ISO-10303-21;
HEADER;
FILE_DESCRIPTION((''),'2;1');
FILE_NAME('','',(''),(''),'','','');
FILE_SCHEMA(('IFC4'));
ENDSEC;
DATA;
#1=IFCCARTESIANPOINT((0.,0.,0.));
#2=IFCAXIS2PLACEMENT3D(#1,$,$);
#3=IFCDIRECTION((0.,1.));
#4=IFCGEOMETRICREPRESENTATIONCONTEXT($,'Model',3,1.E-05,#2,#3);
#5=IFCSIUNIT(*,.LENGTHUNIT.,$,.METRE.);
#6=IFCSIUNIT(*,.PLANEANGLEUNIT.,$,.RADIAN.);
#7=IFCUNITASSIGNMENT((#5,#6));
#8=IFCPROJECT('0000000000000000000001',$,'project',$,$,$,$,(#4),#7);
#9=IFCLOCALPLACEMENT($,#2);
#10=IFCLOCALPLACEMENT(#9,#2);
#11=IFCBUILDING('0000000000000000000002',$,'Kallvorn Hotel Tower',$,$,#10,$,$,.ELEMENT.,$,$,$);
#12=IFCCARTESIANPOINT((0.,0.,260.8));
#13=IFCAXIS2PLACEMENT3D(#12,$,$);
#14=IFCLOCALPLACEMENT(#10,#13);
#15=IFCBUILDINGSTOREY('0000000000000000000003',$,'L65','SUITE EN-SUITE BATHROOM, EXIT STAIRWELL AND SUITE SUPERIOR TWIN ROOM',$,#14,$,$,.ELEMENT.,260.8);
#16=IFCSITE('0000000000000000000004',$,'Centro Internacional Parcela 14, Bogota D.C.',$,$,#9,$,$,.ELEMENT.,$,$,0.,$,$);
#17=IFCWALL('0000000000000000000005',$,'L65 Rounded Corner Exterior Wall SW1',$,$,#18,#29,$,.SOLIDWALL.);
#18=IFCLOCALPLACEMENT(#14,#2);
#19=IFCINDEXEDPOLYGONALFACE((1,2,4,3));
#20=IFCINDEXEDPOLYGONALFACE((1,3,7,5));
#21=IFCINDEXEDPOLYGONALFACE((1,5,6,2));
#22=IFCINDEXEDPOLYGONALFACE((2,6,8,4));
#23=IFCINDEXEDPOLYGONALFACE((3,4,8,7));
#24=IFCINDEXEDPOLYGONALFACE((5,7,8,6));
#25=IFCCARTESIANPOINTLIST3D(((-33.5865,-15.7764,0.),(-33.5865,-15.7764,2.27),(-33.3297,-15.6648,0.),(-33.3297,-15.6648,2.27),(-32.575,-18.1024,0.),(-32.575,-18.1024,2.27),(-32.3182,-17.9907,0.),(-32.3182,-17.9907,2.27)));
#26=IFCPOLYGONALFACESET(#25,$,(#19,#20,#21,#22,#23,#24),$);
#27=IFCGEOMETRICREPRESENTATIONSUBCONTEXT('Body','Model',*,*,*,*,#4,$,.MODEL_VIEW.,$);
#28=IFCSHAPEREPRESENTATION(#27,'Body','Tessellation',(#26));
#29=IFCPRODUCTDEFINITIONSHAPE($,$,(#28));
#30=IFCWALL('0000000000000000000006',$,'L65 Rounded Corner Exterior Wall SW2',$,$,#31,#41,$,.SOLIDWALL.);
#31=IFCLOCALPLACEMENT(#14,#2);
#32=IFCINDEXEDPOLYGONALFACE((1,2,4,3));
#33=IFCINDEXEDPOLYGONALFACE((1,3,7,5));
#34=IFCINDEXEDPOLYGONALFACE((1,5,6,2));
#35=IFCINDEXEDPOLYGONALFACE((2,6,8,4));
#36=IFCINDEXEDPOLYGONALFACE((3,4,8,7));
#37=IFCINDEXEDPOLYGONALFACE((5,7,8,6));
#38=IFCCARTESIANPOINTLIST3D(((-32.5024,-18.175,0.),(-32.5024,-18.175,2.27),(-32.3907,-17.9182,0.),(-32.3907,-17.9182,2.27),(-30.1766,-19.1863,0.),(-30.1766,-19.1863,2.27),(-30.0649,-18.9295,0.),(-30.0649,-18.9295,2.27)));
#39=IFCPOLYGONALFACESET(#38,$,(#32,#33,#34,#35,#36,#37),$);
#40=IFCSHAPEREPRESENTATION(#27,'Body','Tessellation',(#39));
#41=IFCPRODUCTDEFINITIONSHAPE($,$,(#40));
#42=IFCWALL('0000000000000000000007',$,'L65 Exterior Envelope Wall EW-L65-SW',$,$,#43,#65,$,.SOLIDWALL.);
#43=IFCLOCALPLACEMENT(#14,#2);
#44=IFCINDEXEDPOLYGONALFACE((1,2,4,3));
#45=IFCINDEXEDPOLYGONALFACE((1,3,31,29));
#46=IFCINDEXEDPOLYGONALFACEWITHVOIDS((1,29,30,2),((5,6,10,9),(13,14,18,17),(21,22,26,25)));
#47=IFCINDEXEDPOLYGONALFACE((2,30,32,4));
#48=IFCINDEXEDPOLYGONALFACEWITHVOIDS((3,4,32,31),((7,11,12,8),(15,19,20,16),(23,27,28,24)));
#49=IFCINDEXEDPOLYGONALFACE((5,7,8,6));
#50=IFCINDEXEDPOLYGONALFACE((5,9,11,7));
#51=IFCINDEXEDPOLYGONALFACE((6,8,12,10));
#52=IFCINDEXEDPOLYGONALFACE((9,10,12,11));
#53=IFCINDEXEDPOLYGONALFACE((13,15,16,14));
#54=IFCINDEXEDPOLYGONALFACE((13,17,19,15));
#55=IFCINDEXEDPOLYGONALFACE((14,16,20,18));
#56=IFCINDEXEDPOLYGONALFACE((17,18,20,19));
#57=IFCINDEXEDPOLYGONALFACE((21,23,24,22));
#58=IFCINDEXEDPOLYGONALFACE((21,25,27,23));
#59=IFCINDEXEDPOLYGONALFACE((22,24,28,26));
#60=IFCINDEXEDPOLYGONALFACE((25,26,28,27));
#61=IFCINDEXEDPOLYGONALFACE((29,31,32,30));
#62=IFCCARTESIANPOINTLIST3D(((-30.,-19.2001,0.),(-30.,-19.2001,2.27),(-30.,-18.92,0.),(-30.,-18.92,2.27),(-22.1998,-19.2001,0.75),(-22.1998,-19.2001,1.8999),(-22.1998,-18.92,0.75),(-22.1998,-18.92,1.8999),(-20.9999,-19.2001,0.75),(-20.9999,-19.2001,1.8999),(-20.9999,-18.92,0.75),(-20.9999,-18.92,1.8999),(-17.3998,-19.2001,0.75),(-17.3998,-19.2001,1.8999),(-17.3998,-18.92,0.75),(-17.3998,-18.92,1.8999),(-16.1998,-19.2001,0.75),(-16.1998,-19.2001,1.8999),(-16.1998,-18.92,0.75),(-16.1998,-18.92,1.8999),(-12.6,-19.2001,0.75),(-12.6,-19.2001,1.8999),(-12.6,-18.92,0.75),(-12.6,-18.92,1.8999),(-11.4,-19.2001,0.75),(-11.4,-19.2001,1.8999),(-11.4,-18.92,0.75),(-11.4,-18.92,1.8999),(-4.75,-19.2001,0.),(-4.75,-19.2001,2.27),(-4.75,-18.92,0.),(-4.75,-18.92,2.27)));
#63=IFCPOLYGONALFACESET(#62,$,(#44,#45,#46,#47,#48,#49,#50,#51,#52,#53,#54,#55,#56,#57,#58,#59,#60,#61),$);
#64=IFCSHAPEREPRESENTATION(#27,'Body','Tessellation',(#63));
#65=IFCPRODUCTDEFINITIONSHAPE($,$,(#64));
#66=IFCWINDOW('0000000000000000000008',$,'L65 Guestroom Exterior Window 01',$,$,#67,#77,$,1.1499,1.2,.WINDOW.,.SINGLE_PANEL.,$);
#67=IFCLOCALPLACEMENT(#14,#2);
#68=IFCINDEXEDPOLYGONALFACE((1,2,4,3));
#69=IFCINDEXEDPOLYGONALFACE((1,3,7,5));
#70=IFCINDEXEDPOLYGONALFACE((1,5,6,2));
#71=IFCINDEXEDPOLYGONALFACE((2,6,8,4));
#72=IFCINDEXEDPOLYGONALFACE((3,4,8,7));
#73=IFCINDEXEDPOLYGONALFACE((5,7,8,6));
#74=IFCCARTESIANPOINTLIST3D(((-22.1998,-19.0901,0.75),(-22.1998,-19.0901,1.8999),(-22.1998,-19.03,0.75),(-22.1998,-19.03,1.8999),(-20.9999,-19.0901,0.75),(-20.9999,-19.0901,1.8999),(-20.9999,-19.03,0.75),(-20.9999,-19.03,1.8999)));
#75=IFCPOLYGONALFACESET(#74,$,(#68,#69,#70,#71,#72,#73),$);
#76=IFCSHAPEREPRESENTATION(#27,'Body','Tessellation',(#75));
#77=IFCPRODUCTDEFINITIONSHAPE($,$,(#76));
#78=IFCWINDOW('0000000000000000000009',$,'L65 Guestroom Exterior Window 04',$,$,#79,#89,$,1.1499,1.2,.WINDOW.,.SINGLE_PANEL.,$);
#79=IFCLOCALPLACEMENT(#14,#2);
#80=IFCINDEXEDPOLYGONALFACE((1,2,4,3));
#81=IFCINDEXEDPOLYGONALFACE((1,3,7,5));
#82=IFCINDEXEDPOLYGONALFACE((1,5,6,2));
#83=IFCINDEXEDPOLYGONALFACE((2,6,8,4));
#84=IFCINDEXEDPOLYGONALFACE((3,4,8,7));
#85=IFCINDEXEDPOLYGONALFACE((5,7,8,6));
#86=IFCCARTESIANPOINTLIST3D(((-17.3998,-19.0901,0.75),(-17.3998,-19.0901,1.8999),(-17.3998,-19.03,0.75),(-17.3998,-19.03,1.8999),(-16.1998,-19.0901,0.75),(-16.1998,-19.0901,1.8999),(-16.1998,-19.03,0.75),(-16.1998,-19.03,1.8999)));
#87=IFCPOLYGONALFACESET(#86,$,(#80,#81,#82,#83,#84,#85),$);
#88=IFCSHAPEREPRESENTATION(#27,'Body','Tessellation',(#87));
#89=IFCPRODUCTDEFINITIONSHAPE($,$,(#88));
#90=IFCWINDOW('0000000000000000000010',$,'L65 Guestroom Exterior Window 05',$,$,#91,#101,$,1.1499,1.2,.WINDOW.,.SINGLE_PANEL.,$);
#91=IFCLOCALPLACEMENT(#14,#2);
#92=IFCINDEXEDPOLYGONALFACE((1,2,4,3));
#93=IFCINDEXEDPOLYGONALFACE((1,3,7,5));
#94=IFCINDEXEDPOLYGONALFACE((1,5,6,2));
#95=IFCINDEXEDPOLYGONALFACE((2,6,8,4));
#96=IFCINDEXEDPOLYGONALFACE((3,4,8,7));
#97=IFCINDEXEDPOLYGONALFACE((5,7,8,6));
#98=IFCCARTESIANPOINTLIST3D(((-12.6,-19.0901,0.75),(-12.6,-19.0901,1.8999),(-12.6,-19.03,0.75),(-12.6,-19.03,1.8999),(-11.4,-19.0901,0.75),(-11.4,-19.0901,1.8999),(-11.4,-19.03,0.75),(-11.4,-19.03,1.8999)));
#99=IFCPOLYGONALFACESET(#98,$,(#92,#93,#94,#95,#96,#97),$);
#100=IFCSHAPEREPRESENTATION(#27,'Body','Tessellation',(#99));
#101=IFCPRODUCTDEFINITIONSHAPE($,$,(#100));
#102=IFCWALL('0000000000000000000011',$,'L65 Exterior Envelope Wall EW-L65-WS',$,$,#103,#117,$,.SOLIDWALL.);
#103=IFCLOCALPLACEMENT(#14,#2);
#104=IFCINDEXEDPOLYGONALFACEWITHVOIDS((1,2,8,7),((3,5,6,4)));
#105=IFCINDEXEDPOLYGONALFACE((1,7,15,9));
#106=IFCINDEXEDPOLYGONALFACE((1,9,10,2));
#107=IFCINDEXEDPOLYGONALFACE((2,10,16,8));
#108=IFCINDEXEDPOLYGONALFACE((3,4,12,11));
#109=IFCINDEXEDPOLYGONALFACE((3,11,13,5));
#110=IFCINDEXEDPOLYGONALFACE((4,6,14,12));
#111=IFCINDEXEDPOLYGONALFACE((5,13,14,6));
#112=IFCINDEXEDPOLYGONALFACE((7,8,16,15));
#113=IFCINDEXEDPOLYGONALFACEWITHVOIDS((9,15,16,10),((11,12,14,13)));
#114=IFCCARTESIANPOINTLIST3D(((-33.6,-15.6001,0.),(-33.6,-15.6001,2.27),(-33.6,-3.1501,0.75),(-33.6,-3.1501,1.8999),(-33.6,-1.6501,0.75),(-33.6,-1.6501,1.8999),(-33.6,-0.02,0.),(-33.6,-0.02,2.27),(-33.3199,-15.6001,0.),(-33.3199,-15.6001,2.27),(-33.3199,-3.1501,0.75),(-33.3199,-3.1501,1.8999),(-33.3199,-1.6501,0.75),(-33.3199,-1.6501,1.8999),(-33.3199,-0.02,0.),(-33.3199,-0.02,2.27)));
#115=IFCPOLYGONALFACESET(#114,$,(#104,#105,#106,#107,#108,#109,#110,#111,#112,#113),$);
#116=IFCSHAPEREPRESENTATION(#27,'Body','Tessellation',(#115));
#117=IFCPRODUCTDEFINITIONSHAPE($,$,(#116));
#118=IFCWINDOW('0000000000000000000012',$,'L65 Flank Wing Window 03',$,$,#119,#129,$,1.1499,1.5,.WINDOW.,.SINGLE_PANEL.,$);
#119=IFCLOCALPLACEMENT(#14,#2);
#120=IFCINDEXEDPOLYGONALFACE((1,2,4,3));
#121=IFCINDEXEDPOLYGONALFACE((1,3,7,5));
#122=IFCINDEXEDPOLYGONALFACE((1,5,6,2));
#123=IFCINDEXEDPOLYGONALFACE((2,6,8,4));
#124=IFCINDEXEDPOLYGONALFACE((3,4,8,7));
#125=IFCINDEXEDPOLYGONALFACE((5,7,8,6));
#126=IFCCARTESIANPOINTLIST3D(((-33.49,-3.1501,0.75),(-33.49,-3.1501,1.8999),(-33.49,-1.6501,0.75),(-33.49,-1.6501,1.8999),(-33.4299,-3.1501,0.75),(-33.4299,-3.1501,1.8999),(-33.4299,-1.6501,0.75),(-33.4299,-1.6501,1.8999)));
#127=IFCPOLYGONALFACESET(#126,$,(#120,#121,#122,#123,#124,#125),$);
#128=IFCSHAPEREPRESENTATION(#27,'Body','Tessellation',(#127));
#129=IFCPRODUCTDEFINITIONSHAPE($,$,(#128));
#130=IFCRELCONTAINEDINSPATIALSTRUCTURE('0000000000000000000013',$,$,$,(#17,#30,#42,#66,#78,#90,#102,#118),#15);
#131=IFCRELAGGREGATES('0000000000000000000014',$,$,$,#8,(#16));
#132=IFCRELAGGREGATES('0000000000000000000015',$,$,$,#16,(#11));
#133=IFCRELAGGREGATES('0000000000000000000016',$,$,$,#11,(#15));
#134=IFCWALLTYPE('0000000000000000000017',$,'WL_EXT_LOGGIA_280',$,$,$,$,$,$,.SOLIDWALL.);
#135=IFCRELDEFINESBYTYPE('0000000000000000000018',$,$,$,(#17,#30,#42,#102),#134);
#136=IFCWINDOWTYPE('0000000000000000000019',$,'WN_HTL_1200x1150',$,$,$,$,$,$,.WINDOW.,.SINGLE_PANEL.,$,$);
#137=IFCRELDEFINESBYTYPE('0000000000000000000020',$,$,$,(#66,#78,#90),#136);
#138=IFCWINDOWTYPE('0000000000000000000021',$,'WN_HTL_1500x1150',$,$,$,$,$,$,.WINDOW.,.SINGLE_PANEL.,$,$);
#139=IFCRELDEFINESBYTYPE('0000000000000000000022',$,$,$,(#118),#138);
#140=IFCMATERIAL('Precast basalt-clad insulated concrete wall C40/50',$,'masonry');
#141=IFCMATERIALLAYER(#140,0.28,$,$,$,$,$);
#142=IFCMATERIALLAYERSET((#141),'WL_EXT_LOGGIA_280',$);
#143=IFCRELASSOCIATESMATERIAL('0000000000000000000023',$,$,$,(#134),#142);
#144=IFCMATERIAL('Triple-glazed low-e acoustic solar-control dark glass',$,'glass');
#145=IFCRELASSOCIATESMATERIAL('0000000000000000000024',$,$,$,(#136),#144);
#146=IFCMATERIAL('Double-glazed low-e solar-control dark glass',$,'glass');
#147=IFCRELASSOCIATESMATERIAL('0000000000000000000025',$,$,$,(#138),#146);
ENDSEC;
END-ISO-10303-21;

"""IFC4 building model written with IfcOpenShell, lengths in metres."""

from ifc_helpers import new_model, si_unit, direction, frame, frame_2d, origin, place, context, subcontext, project, spatial, rectangle, extrude, material, layer, layer_set, type_object, element, fill, save


model = new_model("IFC4")

# Units and contexts
model_context = context("Model", 3, precision=1e-05, world=origin(), true_north=direction((0.0, 1.0)))
body_context = subcontext(model_context, "Body", "Model", "MODEL_VIEW")
ifc_project = project(units=[si_unit("LENGTHUNIT", "METRE"), si_unit("PLANEANGLEUNIT", "RADIAN")], contexts=[model_context])

# Site, building, storey
site_placement = place(None, origin())
site = spatial("IfcSite", under=ifc_project, at=site_placement, Name="Centro Internacional Parcela 14, Bogota D.C.", CompositionType="ELEMENT", RefElevation=0.0)
building_placement = place(site_placement, origin())
building = spatial("IfcBuilding", under=site, at=building_placement, Name="Kallvorn Hotel Tower", CompositionType="ELEMENT")
storey_placement = place(building_placement, frame((0.0, 0.0, 260.8)))
storey = spatial("IfcBuildingStorey", under=building, at=storey_placement, Name="L65", Description="SUITE EN-SUITE BATHROOM, EXIT STAIRWELL AND SUITE SUPERIOR TWIN ROOM", CompositionType="ELEMENT", Elevation=260.8)

# Walls
ifc_material_1 = material(Name="Precast basalt-clad insulated concrete wall C40/50", Category="masonry")
ifc_layer_1 = layer(ifc_material_1, 0.28)
ifc_layer_set_1 = layer_set([ifc_layer_1], Name="WL_EXT_LOGGIA_280")
wall_type = type_object("IfcWallType", Name="WL_EXT_LOGGIA_280", PredefinedType="SOLIDWALL", material=ifc_layer_set_1)
wall_1_placement = place(storey_placement, frame((-33.458, -15.7207, 0.0), z_axis=(0.0, 0.0, 1.0), x_axis=(0.398793, -0.917041, 0.0)))
element("IfcWall", 1, at=wall_1_placement, inside=storey, type_object=wall_type, Name="L65 Rounded Corner Exterior Wall SW1", PredefinedType="SOLIDWALL", context=body_context, shape_type="SweptSolid", body=[
    extrude(rectangle(XDim=2.5364, YDim=0.28, at=frame_2d((1.2681, 0.0))), origin(), (0.0, 0.0, 1.0), 2.27),
])
wall_2_placement = place(storey_placement, frame((-32.4465, -18.0466, 0.0), z_axis=(0.0, 0.0, 1.0), x_axis=(0.917061, -0.398747, 0.0)))
element("IfcWall", 2, at=wall_2_placement, inside=storey, type_object=wall_type, Name="L65 Rounded Corner Exterior Wall SW2", PredefinedType="SOLIDWALL", context=body_context, shape_type="SweptSolid", body=[
    extrude(rectangle(XDim=2.5361, YDim=0.28, at=frame_2d((1.2681, 0.0))), origin(), (0.0, 0.0, 1.0), 2.27),
])

# Wall, openings, windows
wall_3_placement = place(storey_placement, frame((-30.0, -19.0601, 0.0), z_axis=(0.0, 0.0, 1.0), x_axis=(1.0, 0.0, 0.0)))
wall_3 = element("IfcWall", 3, at=wall_3_placement, inside=storey, type_object=wall_type, Name="L65 Exterior Envelope Wall EW-L65-SW", PredefinedType="SOLIDWALL", context=body_context, shape_type="SweptSolid", body=[
    extrude(rectangle(XDim=25.25, YDim=0.28, at=frame_2d((12.625, 0.0))), origin(), (0.0, 0.0, 1.0), 2.27),
])
opening_1_placement = place(wall_3_placement, frame((7.8, 0.0, 0.75)))
opening_1 = element("IfcOpeningElement", 4, at=opening_1_placement, cuts=wall_3, PredefinedType="OPENING", context=body_context, shape_type="SweptSolid", body=[
    extrude(rectangle(XDim=1.2, YDim=1.1499, at=frame_2d((0.6001, 0.575))), frame((0.0, 0.155, 0.0), z_axis=(0.0, -1.0, 0.0), x_axis=(1.0, 0.0, 0.0)), (0.0, 0.0, 1.0), 0.3101),
])
opening_2_placement = place(wall_3_placement, frame((12.6001, 0.0, 0.75)))
opening_2 = element("IfcOpeningElement", 5, at=opening_2_placement, cuts=wall_3, PredefinedType="OPENING", context=body_context, shape_type="SweptSolid", body=[
    extrude(rectangle(XDim=1.2, YDim=1.1499, at=frame_2d((0.6001, 0.575))), frame((0.0, 0.155, 0.0), z_axis=(0.0, -1.0, 0.0), x_axis=(1.0, 0.0, 0.0)), (0.0, 0.0, 1.0), 0.3101),
])
opening_3_placement = place(wall_3_placement, frame((17.3999, 0.0, 0.75)))
opening_3 = element("IfcOpeningElement", 6, at=opening_3_placement, cuts=wall_3, PredefinedType="OPENING", context=body_context, shape_type="SweptSolid", body=[
    extrude(rectangle(XDim=1.2, YDim=1.1499, at=frame_2d((0.6001, 0.575))), frame((0.0, 0.155, 0.0), z_axis=(0.0, -1.0, 0.0), x_axis=(1.0, 0.0, 0.0)), (0.0, 0.0, 1.0), 0.3101),
])
ifc_material_2 = material(Name="Triple-glazed low-e acoustic solar-control dark glass", Category="glass")
window_type_1 = type_object("IfcWindowType", Name="WN_HTL_1200x1150", PartitioningType="SINGLE_PANEL", PredefinedType="WINDOW", material=ifc_material_2)
window_1_placement = place(opening_1_placement, origin())
window_1 = element("IfcWindow", 7, at=window_1_placement, inside=storey, type_object=window_type_1, Name="L65 Guestroom Exterior Window 01", OverallHeight=1.1499, OverallWidth=1.2, PartitioningType="SINGLE_PANEL", PredefinedType="WINDOW", context=body_context, shape_type="SweptSolid", body=[
    extrude(rectangle(XDim=1.2, YDim=1.1499, at=frame_2d((0.6001, 0.575))), frame((0.0, 0.03, 0.0), z_axis=(0.0, -1.0, 0.0), x_axis=(1.0, 0.0, 0.0)), (0.0, 0.0, 1.0), 0.0601),
])
fill(opening_1, window_1)
window_2_placement = place(opening_2_placement, origin())
window_2 = element("IfcWindow", 8, at=window_2_placement, inside=storey, type_object=window_type_1, Name="L65 Guestroom Exterior Window 04", OverallHeight=1.1499, OverallWidth=1.2, PartitioningType="SINGLE_PANEL", PredefinedType="WINDOW", context=body_context, shape_type="SweptSolid", body=[
    extrude(rectangle(XDim=1.2, YDim=1.1499, at=frame_2d((0.6001, 0.575))), frame((0.0, 0.03, 0.0), z_axis=(0.0, -1.0, 0.0), x_axis=(1.0, 0.0, 0.0)), (0.0, 0.0, 1.0), 0.0601),
])
fill(opening_2, window_2)
window_3_placement = place(opening_3_placement, origin())
window_3 = element("IfcWindow", 9, at=window_3_placement, inside=storey, type_object=window_type_1, Name="L65 Guestroom Exterior Window 05", OverallHeight=1.1499, OverallWidth=1.2, PartitioningType="SINGLE_PANEL", PredefinedType="WINDOW", context=body_context, shape_type="SweptSolid", body=[
    extrude(rectangle(XDim=1.2, YDim=1.1499, at=frame_2d((0.6001, 0.575))), frame((0.0, 0.03, 0.0), z_axis=(0.0, -1.0, 0.0), x_axis=(1.0, 0.0, 0.0)), (0.0, 0.0, 1.0), 0.0601),
])
fill(opening_3, window_3)

# Wall, opening, window
wall_4_placement = place(storey_placement, frame((-33.46, -15.6001, 0.0), z_axis=(0.0, 0.0, 1.0), x_axis=(0.0, 1.0, 0.0)))
wall_4 = element("IfcWall", 10, at=wall_4_placement, inside=storey, type_object=wall_type, Name="L65 Exterior Envelope Wall EW-L65-WS", PredefinedType="SOLIDWALL", context=body_context, shape_type="SweptSolid", body=[
    extrude(rectangle(XDim=15.5801, YDim=0.28, at=frame_2d((7.79, 0.0))), origin(), (0.0, 0.0, 1.0), 2.27),
])
opening_4_placement = place(wall_4_placement, frame((12.45, 0.0, 0.75)))
opening_4 = element("IfcOpeningElement", 11, at=opening_4_placement, cuts=wall_4, PredefinedType="OPENING", context=body_context, shape_type="SweptSolid", body=[
    extrude(rectangle(XDim=1.5, YDim=1.1499, at=frame_2d((0.75, 0.575))), frame((0.0, 0.155, 0.0), z_axis=(0.0, -1.0, 0.0), x_axis=(1.0, 0.0, 0.0)), (0.0, 0.0, 1.0), 0.3101),
])
ifc_material_3 = material(Name="Double-glazed low-e solar-control dark glass", Category="glass")
window_type_2 = type_object("IfcWindowType", Name="WN_HTL_1500x1150", PartitioningType="SINGLE_PANEL", PredefinedType="WINDOW", material=ifc_material_3)
window_4_placement = place(opening_4_placement, origin())
window_4 = element("IfcWindow", 12, at=window_4_placement, inside=storey, type_object=window_type_2, Name="L65 Flank Wing Window 03", OverallHeight=1.1499, OverallWidth=1.5, PartitioningType="SINGLE_PANEL", PredefinedType="WINDOW", context=body_context, shape_type="SweptSolid", body=[
    extrude(rectangle(XDim=1.5, YDim=1.1499, at=frame_2d((0.75, 0.575))), frame((0.0, 0.03, 0.0), z_axis=(0.0, -1.0, 0.0), x_axis=(1.0, 0.0, 0.0)), (0.0, 0.0, 1.0), 0.0601),
])
fill(opening_4, window_4)

save(model, "model.ifc")
